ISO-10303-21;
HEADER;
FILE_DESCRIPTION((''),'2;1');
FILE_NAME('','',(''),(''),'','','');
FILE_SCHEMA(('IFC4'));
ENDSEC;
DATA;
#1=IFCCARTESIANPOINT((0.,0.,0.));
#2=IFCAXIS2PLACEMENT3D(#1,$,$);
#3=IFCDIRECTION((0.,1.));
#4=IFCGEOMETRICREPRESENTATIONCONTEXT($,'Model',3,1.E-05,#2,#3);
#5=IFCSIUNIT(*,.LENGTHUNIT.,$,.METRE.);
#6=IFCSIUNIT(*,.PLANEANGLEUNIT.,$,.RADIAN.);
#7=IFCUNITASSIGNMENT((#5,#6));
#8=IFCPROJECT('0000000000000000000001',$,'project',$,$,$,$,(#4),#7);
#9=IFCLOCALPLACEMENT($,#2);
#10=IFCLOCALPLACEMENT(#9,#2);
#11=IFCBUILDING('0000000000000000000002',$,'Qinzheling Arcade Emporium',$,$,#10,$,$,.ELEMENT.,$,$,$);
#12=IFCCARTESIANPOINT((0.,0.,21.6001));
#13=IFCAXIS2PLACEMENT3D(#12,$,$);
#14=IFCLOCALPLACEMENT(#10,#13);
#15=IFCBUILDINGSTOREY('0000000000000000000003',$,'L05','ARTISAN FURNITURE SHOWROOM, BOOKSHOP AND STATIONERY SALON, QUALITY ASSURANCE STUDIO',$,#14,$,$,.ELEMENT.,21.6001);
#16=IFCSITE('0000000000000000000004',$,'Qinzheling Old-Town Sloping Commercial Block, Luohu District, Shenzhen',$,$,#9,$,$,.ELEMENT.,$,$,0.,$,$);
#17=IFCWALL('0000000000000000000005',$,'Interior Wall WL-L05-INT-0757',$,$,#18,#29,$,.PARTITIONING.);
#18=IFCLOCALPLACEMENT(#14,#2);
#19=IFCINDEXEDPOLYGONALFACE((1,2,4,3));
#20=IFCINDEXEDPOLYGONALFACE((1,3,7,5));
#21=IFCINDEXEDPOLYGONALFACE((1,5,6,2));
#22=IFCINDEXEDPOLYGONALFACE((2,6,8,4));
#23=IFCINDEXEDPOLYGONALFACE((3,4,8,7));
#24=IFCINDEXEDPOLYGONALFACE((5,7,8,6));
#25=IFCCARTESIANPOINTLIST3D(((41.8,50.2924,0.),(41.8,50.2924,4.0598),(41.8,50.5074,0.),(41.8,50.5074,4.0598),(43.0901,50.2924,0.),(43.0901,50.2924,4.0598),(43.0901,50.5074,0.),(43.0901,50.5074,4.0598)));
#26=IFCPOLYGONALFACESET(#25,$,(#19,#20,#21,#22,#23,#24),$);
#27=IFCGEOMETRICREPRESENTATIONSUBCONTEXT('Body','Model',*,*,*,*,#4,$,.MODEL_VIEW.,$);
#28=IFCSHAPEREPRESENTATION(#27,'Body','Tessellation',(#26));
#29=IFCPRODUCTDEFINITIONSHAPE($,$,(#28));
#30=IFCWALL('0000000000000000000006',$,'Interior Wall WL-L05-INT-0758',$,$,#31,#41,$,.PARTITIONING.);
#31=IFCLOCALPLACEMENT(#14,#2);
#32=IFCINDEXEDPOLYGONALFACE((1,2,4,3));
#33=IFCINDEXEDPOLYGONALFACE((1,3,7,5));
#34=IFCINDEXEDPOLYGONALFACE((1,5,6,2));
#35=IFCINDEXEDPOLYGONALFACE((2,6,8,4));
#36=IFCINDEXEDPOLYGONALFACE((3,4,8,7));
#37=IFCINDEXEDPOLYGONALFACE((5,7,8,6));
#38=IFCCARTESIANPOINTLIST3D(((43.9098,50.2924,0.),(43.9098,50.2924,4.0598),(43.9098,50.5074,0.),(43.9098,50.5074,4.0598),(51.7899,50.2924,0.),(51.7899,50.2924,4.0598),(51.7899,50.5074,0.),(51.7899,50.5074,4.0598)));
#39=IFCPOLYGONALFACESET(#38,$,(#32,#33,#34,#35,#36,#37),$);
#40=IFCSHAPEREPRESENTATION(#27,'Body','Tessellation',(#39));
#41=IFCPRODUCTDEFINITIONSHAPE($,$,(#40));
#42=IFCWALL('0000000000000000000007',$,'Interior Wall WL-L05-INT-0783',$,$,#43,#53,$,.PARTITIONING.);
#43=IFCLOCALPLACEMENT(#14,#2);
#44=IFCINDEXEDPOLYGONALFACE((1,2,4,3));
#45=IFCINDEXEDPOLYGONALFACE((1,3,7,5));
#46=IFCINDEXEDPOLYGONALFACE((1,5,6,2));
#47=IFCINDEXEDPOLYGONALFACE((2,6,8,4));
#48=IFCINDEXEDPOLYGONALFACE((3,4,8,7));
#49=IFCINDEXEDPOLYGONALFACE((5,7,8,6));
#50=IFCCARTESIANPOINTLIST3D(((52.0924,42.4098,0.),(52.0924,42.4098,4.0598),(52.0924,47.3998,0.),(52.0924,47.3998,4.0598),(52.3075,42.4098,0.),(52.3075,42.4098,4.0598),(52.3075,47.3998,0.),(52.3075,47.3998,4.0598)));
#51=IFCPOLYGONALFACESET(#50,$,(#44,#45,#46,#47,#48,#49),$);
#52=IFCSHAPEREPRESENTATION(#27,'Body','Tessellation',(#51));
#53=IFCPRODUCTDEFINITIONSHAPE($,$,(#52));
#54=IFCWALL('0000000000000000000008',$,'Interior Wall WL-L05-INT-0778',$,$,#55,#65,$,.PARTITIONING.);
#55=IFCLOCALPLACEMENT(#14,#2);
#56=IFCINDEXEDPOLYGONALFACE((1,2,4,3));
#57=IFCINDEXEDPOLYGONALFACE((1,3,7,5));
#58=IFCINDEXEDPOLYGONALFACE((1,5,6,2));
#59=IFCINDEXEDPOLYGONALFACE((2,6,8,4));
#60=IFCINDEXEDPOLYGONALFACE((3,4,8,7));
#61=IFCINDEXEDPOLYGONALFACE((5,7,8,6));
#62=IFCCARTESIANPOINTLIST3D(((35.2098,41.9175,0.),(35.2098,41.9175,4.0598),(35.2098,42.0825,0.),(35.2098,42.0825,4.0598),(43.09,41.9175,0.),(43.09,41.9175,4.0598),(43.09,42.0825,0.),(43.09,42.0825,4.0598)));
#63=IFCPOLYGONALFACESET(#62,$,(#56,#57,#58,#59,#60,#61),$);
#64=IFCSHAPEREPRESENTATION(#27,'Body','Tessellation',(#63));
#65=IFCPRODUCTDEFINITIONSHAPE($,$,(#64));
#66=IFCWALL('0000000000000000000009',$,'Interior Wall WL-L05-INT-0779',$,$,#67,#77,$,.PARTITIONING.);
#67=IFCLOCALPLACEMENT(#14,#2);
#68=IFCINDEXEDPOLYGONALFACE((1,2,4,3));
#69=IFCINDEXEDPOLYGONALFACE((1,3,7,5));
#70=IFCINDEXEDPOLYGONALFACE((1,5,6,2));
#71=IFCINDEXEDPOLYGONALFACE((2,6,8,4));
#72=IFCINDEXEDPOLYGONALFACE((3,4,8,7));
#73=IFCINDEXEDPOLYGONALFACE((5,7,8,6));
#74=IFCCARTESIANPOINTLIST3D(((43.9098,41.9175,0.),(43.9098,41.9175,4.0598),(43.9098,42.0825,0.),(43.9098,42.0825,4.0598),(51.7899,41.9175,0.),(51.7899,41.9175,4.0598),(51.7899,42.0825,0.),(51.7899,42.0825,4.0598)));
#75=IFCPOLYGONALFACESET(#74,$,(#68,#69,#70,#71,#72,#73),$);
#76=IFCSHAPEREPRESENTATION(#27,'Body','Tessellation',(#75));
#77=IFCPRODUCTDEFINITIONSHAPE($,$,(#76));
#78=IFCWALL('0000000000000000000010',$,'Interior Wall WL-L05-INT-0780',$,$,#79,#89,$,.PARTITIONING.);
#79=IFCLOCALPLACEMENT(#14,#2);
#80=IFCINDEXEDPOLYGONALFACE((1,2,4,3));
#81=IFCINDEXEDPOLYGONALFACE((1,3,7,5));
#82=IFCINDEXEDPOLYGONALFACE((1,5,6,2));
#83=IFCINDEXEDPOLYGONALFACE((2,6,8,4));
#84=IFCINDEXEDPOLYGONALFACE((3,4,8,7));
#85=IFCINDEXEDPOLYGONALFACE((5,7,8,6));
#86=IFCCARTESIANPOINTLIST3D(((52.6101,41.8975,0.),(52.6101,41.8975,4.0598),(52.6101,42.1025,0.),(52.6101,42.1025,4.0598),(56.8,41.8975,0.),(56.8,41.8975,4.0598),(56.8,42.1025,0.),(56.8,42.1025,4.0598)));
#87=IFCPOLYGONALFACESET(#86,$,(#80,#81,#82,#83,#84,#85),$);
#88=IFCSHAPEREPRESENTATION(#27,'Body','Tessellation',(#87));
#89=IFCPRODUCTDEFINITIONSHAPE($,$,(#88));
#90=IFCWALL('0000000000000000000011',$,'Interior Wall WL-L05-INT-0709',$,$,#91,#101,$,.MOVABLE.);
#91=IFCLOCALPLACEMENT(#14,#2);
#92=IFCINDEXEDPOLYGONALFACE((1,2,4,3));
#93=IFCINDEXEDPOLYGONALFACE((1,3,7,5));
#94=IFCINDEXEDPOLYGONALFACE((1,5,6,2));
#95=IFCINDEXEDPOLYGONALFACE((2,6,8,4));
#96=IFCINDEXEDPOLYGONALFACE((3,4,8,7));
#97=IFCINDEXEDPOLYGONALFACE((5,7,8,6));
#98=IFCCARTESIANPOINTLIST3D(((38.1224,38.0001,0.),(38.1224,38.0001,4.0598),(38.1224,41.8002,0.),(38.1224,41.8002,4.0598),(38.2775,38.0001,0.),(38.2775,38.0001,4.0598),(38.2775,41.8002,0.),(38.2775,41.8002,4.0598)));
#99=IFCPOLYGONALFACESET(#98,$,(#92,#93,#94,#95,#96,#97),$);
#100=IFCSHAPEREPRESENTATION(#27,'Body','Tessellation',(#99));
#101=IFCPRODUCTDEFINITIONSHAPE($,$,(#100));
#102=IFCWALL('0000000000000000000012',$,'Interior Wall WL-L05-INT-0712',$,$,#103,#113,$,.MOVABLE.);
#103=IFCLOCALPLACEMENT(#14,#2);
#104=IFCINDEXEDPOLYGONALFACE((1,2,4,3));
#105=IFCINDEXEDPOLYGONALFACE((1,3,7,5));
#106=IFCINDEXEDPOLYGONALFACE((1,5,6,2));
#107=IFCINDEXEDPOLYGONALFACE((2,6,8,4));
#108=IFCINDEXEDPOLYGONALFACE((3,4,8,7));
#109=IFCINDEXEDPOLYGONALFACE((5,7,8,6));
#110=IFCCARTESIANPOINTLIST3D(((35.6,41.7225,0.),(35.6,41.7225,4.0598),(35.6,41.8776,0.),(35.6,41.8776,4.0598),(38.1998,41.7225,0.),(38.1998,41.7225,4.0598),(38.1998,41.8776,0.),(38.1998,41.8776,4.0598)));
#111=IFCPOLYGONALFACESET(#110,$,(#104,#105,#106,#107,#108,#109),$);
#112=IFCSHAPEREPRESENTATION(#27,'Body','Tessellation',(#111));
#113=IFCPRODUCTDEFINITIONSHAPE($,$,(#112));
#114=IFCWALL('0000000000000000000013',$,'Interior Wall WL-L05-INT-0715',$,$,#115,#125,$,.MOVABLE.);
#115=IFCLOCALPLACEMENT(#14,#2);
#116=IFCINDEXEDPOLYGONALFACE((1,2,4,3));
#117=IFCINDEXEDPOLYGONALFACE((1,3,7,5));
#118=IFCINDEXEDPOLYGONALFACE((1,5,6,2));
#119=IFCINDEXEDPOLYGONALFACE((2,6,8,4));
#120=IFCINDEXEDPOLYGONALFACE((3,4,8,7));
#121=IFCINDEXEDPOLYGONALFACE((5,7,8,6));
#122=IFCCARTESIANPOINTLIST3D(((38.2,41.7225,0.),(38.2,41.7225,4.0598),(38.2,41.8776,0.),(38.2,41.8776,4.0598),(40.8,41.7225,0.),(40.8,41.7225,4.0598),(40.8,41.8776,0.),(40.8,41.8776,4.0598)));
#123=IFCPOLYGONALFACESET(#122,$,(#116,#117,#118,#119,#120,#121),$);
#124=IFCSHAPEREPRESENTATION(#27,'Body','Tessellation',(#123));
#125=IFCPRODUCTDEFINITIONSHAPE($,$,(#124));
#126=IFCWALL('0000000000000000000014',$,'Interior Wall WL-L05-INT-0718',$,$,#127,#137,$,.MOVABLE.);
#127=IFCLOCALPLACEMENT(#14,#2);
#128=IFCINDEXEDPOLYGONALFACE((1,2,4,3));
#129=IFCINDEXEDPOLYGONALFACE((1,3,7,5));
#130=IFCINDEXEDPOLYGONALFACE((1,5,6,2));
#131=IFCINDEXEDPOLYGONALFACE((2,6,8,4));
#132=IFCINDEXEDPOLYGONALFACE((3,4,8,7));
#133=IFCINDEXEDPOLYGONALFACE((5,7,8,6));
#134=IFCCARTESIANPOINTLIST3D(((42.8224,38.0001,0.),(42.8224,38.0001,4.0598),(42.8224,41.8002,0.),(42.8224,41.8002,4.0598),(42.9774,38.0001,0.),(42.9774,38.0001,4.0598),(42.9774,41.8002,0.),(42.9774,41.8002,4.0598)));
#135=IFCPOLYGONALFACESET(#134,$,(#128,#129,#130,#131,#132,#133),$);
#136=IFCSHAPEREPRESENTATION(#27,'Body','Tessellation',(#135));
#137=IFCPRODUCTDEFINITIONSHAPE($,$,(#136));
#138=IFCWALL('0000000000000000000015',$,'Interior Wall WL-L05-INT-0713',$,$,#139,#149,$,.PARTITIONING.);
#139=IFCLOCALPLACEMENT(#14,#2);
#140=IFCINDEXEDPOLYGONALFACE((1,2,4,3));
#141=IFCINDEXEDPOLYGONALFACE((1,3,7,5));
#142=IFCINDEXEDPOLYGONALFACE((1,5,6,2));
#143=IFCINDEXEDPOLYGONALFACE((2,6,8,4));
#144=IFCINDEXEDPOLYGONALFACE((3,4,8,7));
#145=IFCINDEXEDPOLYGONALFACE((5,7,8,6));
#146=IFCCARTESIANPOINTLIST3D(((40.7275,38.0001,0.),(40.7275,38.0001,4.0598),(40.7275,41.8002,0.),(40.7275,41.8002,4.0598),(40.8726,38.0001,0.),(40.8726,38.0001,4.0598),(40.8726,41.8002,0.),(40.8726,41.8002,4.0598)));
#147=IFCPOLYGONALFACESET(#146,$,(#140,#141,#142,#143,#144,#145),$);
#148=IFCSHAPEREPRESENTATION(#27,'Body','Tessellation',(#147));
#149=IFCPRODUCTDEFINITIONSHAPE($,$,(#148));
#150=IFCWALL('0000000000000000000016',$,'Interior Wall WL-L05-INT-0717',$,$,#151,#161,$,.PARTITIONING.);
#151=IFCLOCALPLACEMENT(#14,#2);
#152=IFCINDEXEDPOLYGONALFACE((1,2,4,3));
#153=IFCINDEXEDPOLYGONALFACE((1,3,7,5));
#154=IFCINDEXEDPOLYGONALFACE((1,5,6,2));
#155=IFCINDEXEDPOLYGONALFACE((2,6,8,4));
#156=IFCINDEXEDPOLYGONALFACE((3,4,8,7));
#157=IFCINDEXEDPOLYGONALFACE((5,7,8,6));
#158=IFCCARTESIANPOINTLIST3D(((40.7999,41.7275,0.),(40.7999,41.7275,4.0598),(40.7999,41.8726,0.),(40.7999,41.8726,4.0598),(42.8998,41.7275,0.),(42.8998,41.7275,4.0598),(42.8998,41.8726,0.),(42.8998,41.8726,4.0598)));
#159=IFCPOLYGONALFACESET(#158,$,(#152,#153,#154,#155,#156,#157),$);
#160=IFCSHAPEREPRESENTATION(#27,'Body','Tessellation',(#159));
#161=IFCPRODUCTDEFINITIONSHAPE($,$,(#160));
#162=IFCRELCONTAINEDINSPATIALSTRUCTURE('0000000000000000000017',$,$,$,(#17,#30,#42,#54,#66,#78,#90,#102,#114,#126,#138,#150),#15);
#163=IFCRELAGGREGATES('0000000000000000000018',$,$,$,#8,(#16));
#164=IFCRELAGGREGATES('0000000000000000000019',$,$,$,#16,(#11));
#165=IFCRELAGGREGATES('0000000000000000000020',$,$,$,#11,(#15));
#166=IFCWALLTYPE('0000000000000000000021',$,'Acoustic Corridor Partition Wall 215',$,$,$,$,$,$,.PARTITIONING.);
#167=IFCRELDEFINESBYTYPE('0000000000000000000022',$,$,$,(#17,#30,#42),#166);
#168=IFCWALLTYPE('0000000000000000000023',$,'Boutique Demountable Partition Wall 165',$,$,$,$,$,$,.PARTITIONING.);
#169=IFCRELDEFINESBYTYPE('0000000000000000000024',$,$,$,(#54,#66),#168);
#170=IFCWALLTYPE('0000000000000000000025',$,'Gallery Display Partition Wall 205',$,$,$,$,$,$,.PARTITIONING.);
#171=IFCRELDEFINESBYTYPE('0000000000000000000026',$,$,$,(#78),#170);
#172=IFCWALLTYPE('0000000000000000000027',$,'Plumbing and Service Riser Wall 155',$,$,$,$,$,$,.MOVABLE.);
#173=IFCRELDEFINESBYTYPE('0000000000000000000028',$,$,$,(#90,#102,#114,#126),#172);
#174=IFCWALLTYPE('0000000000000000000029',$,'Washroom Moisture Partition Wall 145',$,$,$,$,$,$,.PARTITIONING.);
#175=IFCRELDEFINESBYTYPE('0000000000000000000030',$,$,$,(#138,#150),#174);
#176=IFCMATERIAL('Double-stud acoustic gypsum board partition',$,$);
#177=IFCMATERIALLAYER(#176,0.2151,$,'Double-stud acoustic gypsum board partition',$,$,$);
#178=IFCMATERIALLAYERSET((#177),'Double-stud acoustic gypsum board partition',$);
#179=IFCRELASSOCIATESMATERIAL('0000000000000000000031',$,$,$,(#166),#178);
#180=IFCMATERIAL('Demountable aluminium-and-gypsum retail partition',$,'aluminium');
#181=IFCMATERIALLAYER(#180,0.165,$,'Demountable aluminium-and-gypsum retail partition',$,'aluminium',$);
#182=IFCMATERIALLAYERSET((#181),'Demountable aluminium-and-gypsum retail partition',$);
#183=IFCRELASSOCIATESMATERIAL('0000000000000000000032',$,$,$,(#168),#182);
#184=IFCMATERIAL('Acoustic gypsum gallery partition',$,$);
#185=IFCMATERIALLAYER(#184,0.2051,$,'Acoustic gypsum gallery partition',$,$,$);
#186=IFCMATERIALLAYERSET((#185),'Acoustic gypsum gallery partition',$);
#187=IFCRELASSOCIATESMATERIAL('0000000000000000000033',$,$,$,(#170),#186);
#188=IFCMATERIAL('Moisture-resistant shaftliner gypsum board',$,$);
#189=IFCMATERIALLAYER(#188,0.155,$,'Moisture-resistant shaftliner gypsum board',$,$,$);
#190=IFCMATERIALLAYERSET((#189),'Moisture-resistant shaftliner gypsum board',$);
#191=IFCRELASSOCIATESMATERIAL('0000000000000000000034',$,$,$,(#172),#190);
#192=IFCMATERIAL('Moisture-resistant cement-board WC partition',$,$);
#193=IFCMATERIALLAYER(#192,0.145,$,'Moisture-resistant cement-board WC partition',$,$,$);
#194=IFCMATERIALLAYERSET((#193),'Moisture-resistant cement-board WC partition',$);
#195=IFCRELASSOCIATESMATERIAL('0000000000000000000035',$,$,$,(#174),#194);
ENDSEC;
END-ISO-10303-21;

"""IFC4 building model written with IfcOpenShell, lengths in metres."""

from ifc_helpers import new_model, si_unit, direction, frame, frame_2d, origin, place, context, subcontext, project, spatial, rectangle, extrude, material, layer, layer_set, type_object, element, save


model = new_model("IFC4")

# Units and contexts
model_context = context("Model", 3, precision=1e-05, world=origin(), true_north=direction((0.0, 1.0)))
body_context = subcontext(model_context, "Body", "Model", "MODEL_VIEW")
ifc_project = project(units=[si_unit("LENGTHUNIT", "METRE"), si_unit("PLANEANGLEUNIT", "RADIAN")], contexts=[model_context])

# Site, building, storey
site_placement = place(None, origin())
site = spatial("IfcSite", under=ifc_project, at=site_placement, Name="Qinzheling Old-Town Sloping Commercial Block, Luohu District, Shenzhen", CompositionType="ELEMENT", RefElevation=0.0)
building_placement = place(site_placement, origin())
building = spatial("IfcBuilding", under=site, at=building_placement, Name="Qinzheling Arcade Emporium", CompositionType="ELEMENT")
storey_placement = place(building_placement, frame((0.0, 0.0, 21.6001)))
storey = spatial("IfcBuildingStorey", under=building, at=storey_placement, Name="L05", Description="ARTISAN FURNITURE SHOWROOM, BOOKSHOP AND STATIONERY SALON, QUALITY ASSURANCE STUDIO", CompositionType="ELEMENT", Elevation=21.6001)

# Shared definitions
ifc_material_1 = material(Name="Double-stud acoustic gypsum board partition")
ifc_layer_1 = layer(ifc_material_1, 0.2151, Name="Double-stud acoustic gypsum board partition")
ifc_layer_set_1 = layer_set([ifc_layer_1], Name="Double-stud acoustic gypsum board partition")
wall_type_1 = type_object("IfcWallType", Name="Acoustic Corridor Partition Wall 215", PredefinedType="PARTITIONING", material=ifc_layer_set_1)

# Walls
wall_1_placement = place(storey_placement, frame((41.8, 50.3999, 0.0), z_axis=(0.0, 0.0, 1.0), x_axis=(1.0, 0.0, 0.0)))
element("IfcWall", 1, at=wall_1_placement, inside=storey, type_object=wall_type_1, Name="Interior Wall WL-L05-INT-0757", PredefinedType="PARTITIONING", context=body_context, shape_type="SweptSolid", body=[
    extrude(rectangle(XDim=1.29, YDim=0.2151, at=frame_2d((0.645, 0.0))), origin(), (0.0, 0.0, 1.0), 4.0598),
])
wall_2_placement = place(storey_placement, frame((43.9099, 50.3999, 0.0), z_axis=(0.0, 0.0, 1.0), x_axis=(1.0, 0.0, 0.0)))
element("IfcWall", 2, at=wall_2_placement, inside=storey, type_object=wall_type_1, Name="Interior Wall WL-L05-INT-0758", PredefinedType="PARTITIONING", context=body_context, shape_type="SweptSolid", body=[
    extrude(rectangle(XDim=7.8801, YDim=0.2151, at=frame_2d((3.9399, 0.0))), origin(), (0.0, 0.0, 1.0), 4.0598),
])
wall_3_placement = place(storey_placement, frame((52.2, 47.3999, 0.0), z_axis=(0.0, 0.0, 1.0), x_axis=(0.0, -1.0, 0.0)))
element("IfcWall", 3, at=wall_3_placement, inside=storey, type_object=wall_type_1, Name="Interior Wall WL-L05-INT-0783", PredefinedType="PARTITIONING", context=body_context, shape_type="SweptSolid", body=[
    extrude(rectangle(XDim=4.99, YDim=0.2151, at=frame_2d((2.4951, 0.0))), origin(), (0.0, 0.0, 1.0), 4.0598),
])
ifc_material_2 = material(Name="Demountable aluminium-and-gypsum retail partition", Category="aluminium")
ifc_layer_2 = layer(ifc_material_2, 0.165, Name="Demountable aluminium-and-gypsum retail partition", Category="aluminium")
ifc_layer_set_2 = layer_set([ifc_layer_2], Name="Demountable aluminium-and-gypsum retail partition")
wall_type_2 = type_object("IfcWallType", Name="Boutique Demountable Partition Wall 165", PredefinedType="PARTITIONING", material=ifc_layer_set_2)
for number, where, z_axis, x_axis, name in (
    (4, (35.21, 42.0, 0.0), (0.0, 0.0, 1.0), (1.0, 0.0, 0.0), "Interior Wall WL-L05-INT-0778"),
    (5, (43.9099, 42.0, 0.0), (0.0, 0.0, 1.0), (1.0, 0.0, 0.0), "Interior Wall WL-L05-INT-0779"),
):
    element("IfcWall", number, at=place(storey_placement, frame(where, z_axis=z_axis, x_axis=x_axis)), inside=storey, type_object=wall_type_2, Name=name, PredefinedType="PARTITIONING", context=body_context, shape_type="SweptSolid", body=[
        extrude(rectangle(XDim=7.8801, YDim=0.165, at=frame_2d((3.9399, 0.0))), origin(), (0.0, 0.0, 1.0), 4.0598),
    ])
ifc_material_3 = material(Name="Acoustic gypsum gallery partition")
ifc_layer_3 = layer(ifc_material_3, 0.2051, Name="Acoustic gypsum gallery partition")
ifc_layer_set_3 = layer_set([ifc_layer_3], Name="Acoustic gypsum gallery partition")
wall_type_3 = type_object("IfcWallType", Name="Gallery Display Partition Wall 205", PredefinedType="PARTITIONING", material=ifc_layer_set_3)
wall_4_placement = place(storey_placement, frame((52.6101, 42.0, 0.0), z_axis=(0.0, 0.0, 1.0), x_axis=(1.0, 0.0, 0.0)))
element("IfcWall", 6, at=wall_4_placement, inside=storey, type_object=wall_type_3, Name="Interior Wall WL-L05-INT-0780", PredefinedType="PARTITIONING", context=body_context, shape_type="SweptSolid", body=[
    extrude(rectangle(XDim=4.1899, YDim=0.2051, at=frame_2d((2.095, 0.0))), origin(), (0.0, 0.0, 1.0), 4.0598),
])
ifc_material_4 = material(Name="Moisture-resistant shaftliner gypsum board")
ifc_layer_4 = layer(ifc_material_4, 0.155, Name="Moisture-resistant shaftliner gypsum board")
ifc_layer_set_4 = layer_set([ifc_layer_4], Name="Moisture-resistant shaftliner gypsum board")
wall_type_4 = type_object("IfcWallType", Name="Plumbing and Service Riser Wall 155", PredefinedType="MOVABLE", material=ifc_layer_set_4)
wall_5_placement = place(storey_placement, frame((38.2, 41.8, 0.0), z_axis=(0.0, 0.0, 1.0), x_axis=(0.0, -1.0, 0.0)))
element("IfcWall", 7, at=wall_5_placement, inside=storey, type_object=wall_type_4, Name="Interior Wall WL-L05-INT-0709", PredefinedType="MOVABLE", context=body_context, shape_type="SweptSolid", body=[
    extrude(rectangle(XDim=3.8, YDim=0.155, at=frame_2d((1.8999, 0.0))), origin(), (0.0, 0.0, 1.0), 4.0598),
])
wall_6_placement = place(storey_placement, frame((35.6001, 41.8, 0.0), z_axis=(0.0, 0.0, 1.0), x_axis=(1.0, 0.0, 0.0)))
element("IfcWall", 8, at=wall_6_placement, inside=storey, type_object=wall_type_4, Name="Interior Wall WL-L05-INT-0712", PredefinedType="MOVABLE", context=body_context, shape_type="SweptSolid", body=[
    extrude(rectangle(XDim=2.5999, YDim=0.155, at=frame_2d((1.2998, 0.0))), origin(), (0.0, 0.0, 1.0), 4.0598),
])
wall_7_placement = place(storey_placement, frame((38.2, 41.8, 0.0), z_axis=(0.0, 0.0, 1.0), x_axis=(1.0, 0.0, 0.0)))
element("IfcWall", 9, at=wall_7_placement, inside=storey, type_object=wall_type_4, Name="Interior Wall WL-L05-INT-0715", PredefinedType="MOVABLE", context=body_context, shape_type="SweptSolid", body=[
    extrude(rectangle(XDim=2.6001, YDim=0.155, at=frame_2d((1.3, 0.0))), origin(), (0.0, 0.0, 1.0), 4.0598),
])
wall_8_placement = place(storey_placement, frame((42.8999, 41.8, 0.0), z_axis=(0.0, 0.0, 1.0), x_axis=(0.0, -1.0, 0.0)))
element("IfcWall", 10, at=wall_8_placement, inside=storey, type_object=wall_type_4, Name="Interior Wall WL-L05-INT-0718", PredefinedType="MOVABLE", context=body_context, shape_type="SweptSolid", body=[
    extrude(rectangle(XDim=3.8, YDim=0.155, at=frame_2d((1.8999, 0.0))), origin(), (0.0, 0.0, 1.0), 4.0598),
])
ifc_material_5 = material(Name="Moisture-resistant cement-board WC partition")
ifc_layer_5 = layer(ifc_material_5, 0.145, Name="Moisture-resistant cement-board WC partition")
ifc_layer_set_5 = layer_set([ifc_layer_5], Name="Moisture-resistant cement-board WC partition")
wall_type_5 = type_object("IfcWallType", Name="Washroom Moisture Partition Wall 145", PredefinedType="PARTITIONING", material=ifc_layer_set_5)
wall_9_placement = place(storey_placement, frame((40.8, 41.8, 0.0), z_axis=(0.0, 0.0, 1.0), x_axis=(0.0, -1.0, 0.0)))
element("IfcWall", 11, at=wall_9_placement, inside=storey, type_object=wall_type_5, Name="Interior Wall WL-L05-INT-0713", PredefinedType="PARTITIONING", context=body_context, shape_type="SweptSolid", body=[
    extrude(rectangle(XDim=3.8, YDim=0.145, at=frame_2d((1.8999, 0.0))), origin(), (0.0, 0.0, 1.0), 4.0598),
])
wall_10_placement = place(storey_placement, frame((40.8, 41.8, 0.0), z_axis=(0.0, 0.0, 1.0), x_axis=(1.0, 0.0, 0.0)))
element("IfcWall", 12, at=wall_10_placement, inside=storey, type_object=wall_type_5, Name="Interior Wall WL-L05-INT-0717", PredefinedType="PARTITIONING", context=body_context, shape_type="SweptSolid", body=[
    extrude(rectangle(XDim=2.0999, YDim=0.145, at=frame_2d((1.0498, 0.0))), origin(), (0.0, 0.0, 1.0), 4.0598),
])

save(model, "model.ifc")
